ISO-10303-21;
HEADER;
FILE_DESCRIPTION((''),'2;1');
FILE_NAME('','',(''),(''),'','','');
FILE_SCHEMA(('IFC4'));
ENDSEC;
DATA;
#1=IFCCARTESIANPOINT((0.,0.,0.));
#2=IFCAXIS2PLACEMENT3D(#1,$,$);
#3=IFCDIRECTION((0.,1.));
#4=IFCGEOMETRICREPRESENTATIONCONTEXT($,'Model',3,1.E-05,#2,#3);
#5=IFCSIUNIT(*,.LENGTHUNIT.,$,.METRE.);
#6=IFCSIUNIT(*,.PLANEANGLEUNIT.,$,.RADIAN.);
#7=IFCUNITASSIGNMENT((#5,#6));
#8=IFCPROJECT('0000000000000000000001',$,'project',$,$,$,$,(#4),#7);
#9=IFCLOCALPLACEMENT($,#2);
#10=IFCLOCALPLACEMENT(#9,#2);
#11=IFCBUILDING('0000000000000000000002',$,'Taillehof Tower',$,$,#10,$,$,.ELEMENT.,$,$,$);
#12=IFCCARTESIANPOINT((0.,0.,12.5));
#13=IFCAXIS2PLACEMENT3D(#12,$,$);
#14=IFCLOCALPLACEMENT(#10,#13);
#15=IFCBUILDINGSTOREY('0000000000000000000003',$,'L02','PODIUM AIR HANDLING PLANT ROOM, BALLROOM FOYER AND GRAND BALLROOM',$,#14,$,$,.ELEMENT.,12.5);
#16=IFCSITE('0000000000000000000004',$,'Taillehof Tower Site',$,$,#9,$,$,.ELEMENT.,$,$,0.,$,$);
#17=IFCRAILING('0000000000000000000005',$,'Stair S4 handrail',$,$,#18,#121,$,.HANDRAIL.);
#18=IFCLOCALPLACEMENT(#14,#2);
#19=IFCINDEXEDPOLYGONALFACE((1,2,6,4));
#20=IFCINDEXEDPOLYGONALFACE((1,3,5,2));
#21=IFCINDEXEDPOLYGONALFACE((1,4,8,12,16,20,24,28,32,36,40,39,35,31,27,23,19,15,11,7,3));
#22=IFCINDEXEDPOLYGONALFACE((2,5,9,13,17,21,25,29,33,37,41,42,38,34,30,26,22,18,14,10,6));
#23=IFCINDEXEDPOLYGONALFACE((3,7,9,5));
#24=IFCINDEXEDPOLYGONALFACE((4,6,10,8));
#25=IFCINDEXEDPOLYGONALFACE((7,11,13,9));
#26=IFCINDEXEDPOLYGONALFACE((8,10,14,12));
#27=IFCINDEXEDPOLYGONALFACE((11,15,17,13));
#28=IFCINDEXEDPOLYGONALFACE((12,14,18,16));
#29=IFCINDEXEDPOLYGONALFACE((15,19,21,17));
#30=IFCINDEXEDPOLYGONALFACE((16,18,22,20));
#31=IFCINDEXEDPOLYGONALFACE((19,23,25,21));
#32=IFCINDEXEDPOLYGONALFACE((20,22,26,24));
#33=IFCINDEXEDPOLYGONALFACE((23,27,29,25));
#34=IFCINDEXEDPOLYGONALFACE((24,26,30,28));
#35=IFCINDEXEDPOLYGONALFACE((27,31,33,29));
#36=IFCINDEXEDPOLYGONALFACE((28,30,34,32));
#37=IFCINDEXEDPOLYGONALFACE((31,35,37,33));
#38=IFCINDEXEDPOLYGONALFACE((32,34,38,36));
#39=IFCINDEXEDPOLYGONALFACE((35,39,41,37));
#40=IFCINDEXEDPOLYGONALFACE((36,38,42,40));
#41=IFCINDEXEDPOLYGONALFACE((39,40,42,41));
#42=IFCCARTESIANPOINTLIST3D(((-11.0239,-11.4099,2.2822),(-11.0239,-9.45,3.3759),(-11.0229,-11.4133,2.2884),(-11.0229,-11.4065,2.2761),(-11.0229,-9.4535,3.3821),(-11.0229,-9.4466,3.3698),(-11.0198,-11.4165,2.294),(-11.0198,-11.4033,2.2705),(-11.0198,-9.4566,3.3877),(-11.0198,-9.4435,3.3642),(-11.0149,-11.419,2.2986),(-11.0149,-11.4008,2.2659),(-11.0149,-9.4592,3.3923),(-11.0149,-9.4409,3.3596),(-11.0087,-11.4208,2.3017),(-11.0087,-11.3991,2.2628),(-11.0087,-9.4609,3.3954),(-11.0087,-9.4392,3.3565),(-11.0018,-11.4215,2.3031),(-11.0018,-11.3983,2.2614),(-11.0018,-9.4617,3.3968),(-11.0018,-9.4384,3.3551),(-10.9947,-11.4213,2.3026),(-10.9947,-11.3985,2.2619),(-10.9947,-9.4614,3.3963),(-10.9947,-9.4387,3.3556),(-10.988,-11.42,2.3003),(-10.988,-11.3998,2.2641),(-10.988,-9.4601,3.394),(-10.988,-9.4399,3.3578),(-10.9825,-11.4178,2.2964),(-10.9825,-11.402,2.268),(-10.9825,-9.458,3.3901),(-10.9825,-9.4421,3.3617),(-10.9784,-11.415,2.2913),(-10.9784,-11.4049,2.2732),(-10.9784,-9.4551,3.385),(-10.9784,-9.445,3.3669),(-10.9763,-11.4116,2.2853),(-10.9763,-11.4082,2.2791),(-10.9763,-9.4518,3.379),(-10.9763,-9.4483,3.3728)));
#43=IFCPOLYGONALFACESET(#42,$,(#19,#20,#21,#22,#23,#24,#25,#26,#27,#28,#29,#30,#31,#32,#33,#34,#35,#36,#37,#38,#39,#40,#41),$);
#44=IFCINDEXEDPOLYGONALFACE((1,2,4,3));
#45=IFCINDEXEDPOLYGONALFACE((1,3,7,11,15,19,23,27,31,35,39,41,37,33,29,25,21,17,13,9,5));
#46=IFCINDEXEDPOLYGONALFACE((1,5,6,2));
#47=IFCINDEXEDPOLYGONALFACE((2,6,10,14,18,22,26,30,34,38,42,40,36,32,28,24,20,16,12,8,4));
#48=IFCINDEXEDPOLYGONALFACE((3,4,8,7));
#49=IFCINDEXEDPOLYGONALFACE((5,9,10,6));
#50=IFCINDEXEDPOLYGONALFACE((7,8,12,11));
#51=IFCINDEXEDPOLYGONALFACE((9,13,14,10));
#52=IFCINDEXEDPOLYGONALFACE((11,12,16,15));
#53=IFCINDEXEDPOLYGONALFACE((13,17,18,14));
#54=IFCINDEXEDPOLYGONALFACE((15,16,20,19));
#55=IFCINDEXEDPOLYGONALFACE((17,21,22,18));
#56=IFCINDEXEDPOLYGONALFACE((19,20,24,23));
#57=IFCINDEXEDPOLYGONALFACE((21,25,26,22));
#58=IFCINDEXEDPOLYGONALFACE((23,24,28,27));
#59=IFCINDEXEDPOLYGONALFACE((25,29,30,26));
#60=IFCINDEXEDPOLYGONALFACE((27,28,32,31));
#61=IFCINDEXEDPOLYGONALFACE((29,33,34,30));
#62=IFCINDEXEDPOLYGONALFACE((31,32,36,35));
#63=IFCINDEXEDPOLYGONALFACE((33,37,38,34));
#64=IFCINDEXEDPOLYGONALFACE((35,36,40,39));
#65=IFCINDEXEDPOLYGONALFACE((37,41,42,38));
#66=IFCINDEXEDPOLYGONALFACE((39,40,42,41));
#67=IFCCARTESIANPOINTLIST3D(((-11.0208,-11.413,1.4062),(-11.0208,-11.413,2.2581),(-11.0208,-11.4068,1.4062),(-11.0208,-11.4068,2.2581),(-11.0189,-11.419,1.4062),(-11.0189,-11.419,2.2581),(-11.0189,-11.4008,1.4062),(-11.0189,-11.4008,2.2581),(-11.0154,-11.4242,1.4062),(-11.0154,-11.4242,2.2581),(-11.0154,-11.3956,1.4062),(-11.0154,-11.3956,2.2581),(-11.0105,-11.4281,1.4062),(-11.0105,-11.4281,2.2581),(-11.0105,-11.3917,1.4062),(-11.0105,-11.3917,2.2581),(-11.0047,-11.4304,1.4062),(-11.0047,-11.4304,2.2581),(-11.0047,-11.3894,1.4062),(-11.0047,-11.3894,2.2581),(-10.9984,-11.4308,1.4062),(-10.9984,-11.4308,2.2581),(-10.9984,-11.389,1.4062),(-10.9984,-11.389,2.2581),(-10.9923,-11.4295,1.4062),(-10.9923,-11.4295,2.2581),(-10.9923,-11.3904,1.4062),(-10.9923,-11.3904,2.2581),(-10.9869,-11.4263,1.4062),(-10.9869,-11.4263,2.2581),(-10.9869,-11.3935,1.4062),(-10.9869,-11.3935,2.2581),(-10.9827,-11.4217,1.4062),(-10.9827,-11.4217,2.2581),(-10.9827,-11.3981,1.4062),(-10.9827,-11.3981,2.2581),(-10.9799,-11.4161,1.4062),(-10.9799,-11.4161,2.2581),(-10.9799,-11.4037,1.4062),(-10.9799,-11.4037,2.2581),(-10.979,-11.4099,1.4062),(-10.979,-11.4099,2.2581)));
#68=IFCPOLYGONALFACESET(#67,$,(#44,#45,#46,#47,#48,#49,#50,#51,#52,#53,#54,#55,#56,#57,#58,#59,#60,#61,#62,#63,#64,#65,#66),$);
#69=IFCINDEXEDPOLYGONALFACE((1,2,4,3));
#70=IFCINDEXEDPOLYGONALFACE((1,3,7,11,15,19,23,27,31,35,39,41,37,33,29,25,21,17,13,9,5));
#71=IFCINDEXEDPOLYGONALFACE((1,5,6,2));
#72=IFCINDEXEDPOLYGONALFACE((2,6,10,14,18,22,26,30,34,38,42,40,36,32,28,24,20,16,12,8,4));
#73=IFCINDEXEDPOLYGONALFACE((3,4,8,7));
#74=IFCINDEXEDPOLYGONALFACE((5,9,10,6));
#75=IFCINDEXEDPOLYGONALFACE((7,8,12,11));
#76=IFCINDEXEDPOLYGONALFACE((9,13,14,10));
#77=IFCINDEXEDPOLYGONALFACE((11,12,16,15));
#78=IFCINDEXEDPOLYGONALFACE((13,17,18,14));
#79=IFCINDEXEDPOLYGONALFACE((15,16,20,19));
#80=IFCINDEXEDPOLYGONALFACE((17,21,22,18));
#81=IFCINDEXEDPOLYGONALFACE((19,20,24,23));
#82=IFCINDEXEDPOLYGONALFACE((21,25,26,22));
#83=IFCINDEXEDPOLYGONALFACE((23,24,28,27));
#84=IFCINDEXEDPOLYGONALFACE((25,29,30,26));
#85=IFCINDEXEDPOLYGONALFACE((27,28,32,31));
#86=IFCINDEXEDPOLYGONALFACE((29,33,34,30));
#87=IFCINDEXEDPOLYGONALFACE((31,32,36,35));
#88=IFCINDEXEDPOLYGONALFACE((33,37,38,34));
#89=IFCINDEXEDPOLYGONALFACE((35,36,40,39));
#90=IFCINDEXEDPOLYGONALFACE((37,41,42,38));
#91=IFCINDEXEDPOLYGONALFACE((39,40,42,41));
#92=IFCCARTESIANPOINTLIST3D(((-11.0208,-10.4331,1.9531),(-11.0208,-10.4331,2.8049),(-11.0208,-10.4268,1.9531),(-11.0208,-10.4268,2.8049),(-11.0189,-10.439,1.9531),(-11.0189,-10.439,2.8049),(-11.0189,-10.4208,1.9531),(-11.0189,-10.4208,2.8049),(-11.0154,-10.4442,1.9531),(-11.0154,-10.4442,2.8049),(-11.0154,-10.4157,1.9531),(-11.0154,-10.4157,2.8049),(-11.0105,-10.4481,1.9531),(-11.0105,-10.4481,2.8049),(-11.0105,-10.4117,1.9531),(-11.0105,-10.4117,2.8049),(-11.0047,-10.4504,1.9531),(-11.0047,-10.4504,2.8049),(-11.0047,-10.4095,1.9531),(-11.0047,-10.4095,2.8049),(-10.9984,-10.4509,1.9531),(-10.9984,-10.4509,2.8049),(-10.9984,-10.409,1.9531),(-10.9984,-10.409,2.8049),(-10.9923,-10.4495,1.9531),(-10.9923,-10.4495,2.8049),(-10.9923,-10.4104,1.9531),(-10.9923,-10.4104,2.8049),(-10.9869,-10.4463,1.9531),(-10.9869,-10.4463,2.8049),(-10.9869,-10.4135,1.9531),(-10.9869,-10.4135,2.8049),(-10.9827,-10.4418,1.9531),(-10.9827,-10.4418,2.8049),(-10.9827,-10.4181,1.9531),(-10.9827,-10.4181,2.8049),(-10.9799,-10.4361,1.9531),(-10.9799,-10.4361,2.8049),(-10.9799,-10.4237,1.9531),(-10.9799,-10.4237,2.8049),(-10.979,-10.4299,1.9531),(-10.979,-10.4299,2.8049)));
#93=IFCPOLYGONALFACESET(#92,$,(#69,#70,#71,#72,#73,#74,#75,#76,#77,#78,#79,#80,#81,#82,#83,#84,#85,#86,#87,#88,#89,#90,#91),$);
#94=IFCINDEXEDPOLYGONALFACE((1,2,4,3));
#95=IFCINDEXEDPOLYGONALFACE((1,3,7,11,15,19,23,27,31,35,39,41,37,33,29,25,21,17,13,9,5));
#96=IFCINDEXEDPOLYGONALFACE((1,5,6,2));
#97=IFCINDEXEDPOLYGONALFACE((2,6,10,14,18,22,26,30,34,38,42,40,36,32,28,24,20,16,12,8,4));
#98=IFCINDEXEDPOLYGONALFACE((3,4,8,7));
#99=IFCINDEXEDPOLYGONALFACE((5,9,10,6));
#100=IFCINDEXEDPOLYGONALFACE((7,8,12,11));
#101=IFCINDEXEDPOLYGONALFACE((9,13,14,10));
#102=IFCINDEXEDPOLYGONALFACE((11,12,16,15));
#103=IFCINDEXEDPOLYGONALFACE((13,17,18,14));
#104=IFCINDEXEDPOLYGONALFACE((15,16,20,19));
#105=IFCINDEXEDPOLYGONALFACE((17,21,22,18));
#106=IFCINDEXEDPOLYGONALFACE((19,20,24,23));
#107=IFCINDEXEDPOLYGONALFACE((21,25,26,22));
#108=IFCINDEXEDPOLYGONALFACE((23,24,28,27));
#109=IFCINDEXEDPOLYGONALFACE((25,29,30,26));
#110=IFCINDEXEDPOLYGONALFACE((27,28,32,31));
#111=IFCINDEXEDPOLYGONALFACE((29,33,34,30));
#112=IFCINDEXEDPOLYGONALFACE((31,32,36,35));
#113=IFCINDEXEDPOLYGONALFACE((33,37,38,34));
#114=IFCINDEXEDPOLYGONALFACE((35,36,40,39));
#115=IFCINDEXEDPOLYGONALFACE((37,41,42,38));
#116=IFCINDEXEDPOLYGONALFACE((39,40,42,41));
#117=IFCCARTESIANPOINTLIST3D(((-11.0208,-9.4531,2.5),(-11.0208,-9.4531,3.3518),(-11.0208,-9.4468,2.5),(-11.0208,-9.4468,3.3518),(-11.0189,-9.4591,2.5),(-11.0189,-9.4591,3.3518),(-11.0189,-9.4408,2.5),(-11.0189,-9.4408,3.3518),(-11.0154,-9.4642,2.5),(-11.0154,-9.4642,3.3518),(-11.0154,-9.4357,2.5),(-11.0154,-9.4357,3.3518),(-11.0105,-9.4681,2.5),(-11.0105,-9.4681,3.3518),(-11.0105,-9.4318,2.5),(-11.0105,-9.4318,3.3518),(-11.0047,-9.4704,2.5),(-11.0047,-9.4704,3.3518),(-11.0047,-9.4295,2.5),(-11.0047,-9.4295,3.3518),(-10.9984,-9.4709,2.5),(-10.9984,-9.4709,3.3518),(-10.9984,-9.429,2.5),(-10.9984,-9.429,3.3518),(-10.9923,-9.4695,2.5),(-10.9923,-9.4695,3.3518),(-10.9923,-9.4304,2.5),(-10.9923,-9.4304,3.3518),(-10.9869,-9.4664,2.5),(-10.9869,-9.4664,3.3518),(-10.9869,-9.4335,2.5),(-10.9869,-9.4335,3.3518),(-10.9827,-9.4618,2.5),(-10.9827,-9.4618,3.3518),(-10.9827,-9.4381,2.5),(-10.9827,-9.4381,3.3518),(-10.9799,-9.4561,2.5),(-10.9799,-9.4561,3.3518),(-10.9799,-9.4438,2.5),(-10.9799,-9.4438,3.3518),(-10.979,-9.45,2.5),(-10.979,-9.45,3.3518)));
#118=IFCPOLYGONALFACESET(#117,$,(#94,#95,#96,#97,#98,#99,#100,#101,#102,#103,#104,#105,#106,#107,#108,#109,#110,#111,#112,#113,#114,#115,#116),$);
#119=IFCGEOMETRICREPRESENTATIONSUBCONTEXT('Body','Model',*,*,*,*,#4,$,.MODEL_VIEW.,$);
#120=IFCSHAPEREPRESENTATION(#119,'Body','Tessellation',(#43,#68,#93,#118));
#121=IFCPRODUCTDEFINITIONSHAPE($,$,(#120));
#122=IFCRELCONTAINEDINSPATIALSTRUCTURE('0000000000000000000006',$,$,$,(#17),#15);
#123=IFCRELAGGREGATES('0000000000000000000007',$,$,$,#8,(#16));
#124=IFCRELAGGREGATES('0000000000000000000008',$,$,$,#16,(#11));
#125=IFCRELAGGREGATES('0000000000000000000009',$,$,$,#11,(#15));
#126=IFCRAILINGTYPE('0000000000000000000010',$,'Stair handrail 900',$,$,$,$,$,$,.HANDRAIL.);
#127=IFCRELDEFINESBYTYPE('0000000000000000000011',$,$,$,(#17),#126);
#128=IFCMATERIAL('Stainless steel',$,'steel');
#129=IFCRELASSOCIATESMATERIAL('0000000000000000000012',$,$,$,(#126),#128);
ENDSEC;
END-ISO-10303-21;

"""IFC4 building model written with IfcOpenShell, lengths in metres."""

from ifc_helpers import new_model, si_unit, direction, frame, origin, origin_2d, place, context, subcontext, project, spatial, circle, extrude, material, type_object, element, save


model = new_model("IFC4")

# Units and contexts
model_context = context("Model", 3, precision=1e-05, world=origin(), true_north=direction((0.0, 1.0)))
body_context = subcontext(model_context, "Body", "Model", "MODEL_VIEW")
ifc_project = project(units=[si_unit("LENGTHUNIT", "METRE"), si_unit("PLANEANGLEUNIT", "RADIAN")], contexts=[model_context])

# Site, building, storey
site_placement = place(None, origin())
site = spatial("IfcSite", under=ifc_project, at=site_placement, Name="Taillehof Tower Site", CompositionType="ELEMENT", RefElevation=0.0)
building_placement = place(site_placement, origin())
building = spatial("IfcBuilding", under=site, at=building_placement, Name="Taillehof Tower", CompositionType="ELEMENT")
storey_placement = place(building_placement, frame((0.0, 0.0, 12.5)))
storey = spatial("IfcBuildingStorey", under=building, at=storey_placement, Name="L02", Description="PODIUM AIR HANDLING PLANT ROOM, BALLROOM FOYER AND GRAND BALLROOM", CompositionType="ELEMENT", Elevation=12.5)

# Railing
ifc_material_1 = material(Name="Stainless steel", Category="steel")
railing_type_1 = type_object("IfcRailingType", Name="Stair handrail 900", PredefinedType="HANDRAIL", material=ifc_material_1)
railing_1_placement = place(storey_placement, frame((-11.0, -11.4099, 1.4062)))
element("IfcRailing", 1, at=railing_1_placement, inside=storey, type_object=railing_type_1, Name="Stair S4 handrail", PredefinedType="HANDRAIL", context=body_context, shape_type="SweptSolid", body=[
    extrude(circle(Radius=0.0239, at=origin_2d()), frame((0.0, 0.0, 0.876), z_axis=(0.0, 0.873232, 0.487304), x_axis=(-1.0, 0.0, 0.0)), (0.0, 0.0, 1.0), 2.2444),
    extrude(circle(Radius=0.021, at=origin_2d()), origin(), (0.0, 0.0, 1.0), 0.8518),
    extrude(circle(Radius=0.021, at=origin_2d()), frame((0.0, 0.98, 0.5469)), (0.0, 0.0, 1.0), 0.8518),
    extrude(circle(Radius=0.021, at=origin_2d()), frame((0.0, 1.96, 1.0938)), (0.0, 0.0, 1.0), 0.8518),
])

save(model, "model.ifc")
